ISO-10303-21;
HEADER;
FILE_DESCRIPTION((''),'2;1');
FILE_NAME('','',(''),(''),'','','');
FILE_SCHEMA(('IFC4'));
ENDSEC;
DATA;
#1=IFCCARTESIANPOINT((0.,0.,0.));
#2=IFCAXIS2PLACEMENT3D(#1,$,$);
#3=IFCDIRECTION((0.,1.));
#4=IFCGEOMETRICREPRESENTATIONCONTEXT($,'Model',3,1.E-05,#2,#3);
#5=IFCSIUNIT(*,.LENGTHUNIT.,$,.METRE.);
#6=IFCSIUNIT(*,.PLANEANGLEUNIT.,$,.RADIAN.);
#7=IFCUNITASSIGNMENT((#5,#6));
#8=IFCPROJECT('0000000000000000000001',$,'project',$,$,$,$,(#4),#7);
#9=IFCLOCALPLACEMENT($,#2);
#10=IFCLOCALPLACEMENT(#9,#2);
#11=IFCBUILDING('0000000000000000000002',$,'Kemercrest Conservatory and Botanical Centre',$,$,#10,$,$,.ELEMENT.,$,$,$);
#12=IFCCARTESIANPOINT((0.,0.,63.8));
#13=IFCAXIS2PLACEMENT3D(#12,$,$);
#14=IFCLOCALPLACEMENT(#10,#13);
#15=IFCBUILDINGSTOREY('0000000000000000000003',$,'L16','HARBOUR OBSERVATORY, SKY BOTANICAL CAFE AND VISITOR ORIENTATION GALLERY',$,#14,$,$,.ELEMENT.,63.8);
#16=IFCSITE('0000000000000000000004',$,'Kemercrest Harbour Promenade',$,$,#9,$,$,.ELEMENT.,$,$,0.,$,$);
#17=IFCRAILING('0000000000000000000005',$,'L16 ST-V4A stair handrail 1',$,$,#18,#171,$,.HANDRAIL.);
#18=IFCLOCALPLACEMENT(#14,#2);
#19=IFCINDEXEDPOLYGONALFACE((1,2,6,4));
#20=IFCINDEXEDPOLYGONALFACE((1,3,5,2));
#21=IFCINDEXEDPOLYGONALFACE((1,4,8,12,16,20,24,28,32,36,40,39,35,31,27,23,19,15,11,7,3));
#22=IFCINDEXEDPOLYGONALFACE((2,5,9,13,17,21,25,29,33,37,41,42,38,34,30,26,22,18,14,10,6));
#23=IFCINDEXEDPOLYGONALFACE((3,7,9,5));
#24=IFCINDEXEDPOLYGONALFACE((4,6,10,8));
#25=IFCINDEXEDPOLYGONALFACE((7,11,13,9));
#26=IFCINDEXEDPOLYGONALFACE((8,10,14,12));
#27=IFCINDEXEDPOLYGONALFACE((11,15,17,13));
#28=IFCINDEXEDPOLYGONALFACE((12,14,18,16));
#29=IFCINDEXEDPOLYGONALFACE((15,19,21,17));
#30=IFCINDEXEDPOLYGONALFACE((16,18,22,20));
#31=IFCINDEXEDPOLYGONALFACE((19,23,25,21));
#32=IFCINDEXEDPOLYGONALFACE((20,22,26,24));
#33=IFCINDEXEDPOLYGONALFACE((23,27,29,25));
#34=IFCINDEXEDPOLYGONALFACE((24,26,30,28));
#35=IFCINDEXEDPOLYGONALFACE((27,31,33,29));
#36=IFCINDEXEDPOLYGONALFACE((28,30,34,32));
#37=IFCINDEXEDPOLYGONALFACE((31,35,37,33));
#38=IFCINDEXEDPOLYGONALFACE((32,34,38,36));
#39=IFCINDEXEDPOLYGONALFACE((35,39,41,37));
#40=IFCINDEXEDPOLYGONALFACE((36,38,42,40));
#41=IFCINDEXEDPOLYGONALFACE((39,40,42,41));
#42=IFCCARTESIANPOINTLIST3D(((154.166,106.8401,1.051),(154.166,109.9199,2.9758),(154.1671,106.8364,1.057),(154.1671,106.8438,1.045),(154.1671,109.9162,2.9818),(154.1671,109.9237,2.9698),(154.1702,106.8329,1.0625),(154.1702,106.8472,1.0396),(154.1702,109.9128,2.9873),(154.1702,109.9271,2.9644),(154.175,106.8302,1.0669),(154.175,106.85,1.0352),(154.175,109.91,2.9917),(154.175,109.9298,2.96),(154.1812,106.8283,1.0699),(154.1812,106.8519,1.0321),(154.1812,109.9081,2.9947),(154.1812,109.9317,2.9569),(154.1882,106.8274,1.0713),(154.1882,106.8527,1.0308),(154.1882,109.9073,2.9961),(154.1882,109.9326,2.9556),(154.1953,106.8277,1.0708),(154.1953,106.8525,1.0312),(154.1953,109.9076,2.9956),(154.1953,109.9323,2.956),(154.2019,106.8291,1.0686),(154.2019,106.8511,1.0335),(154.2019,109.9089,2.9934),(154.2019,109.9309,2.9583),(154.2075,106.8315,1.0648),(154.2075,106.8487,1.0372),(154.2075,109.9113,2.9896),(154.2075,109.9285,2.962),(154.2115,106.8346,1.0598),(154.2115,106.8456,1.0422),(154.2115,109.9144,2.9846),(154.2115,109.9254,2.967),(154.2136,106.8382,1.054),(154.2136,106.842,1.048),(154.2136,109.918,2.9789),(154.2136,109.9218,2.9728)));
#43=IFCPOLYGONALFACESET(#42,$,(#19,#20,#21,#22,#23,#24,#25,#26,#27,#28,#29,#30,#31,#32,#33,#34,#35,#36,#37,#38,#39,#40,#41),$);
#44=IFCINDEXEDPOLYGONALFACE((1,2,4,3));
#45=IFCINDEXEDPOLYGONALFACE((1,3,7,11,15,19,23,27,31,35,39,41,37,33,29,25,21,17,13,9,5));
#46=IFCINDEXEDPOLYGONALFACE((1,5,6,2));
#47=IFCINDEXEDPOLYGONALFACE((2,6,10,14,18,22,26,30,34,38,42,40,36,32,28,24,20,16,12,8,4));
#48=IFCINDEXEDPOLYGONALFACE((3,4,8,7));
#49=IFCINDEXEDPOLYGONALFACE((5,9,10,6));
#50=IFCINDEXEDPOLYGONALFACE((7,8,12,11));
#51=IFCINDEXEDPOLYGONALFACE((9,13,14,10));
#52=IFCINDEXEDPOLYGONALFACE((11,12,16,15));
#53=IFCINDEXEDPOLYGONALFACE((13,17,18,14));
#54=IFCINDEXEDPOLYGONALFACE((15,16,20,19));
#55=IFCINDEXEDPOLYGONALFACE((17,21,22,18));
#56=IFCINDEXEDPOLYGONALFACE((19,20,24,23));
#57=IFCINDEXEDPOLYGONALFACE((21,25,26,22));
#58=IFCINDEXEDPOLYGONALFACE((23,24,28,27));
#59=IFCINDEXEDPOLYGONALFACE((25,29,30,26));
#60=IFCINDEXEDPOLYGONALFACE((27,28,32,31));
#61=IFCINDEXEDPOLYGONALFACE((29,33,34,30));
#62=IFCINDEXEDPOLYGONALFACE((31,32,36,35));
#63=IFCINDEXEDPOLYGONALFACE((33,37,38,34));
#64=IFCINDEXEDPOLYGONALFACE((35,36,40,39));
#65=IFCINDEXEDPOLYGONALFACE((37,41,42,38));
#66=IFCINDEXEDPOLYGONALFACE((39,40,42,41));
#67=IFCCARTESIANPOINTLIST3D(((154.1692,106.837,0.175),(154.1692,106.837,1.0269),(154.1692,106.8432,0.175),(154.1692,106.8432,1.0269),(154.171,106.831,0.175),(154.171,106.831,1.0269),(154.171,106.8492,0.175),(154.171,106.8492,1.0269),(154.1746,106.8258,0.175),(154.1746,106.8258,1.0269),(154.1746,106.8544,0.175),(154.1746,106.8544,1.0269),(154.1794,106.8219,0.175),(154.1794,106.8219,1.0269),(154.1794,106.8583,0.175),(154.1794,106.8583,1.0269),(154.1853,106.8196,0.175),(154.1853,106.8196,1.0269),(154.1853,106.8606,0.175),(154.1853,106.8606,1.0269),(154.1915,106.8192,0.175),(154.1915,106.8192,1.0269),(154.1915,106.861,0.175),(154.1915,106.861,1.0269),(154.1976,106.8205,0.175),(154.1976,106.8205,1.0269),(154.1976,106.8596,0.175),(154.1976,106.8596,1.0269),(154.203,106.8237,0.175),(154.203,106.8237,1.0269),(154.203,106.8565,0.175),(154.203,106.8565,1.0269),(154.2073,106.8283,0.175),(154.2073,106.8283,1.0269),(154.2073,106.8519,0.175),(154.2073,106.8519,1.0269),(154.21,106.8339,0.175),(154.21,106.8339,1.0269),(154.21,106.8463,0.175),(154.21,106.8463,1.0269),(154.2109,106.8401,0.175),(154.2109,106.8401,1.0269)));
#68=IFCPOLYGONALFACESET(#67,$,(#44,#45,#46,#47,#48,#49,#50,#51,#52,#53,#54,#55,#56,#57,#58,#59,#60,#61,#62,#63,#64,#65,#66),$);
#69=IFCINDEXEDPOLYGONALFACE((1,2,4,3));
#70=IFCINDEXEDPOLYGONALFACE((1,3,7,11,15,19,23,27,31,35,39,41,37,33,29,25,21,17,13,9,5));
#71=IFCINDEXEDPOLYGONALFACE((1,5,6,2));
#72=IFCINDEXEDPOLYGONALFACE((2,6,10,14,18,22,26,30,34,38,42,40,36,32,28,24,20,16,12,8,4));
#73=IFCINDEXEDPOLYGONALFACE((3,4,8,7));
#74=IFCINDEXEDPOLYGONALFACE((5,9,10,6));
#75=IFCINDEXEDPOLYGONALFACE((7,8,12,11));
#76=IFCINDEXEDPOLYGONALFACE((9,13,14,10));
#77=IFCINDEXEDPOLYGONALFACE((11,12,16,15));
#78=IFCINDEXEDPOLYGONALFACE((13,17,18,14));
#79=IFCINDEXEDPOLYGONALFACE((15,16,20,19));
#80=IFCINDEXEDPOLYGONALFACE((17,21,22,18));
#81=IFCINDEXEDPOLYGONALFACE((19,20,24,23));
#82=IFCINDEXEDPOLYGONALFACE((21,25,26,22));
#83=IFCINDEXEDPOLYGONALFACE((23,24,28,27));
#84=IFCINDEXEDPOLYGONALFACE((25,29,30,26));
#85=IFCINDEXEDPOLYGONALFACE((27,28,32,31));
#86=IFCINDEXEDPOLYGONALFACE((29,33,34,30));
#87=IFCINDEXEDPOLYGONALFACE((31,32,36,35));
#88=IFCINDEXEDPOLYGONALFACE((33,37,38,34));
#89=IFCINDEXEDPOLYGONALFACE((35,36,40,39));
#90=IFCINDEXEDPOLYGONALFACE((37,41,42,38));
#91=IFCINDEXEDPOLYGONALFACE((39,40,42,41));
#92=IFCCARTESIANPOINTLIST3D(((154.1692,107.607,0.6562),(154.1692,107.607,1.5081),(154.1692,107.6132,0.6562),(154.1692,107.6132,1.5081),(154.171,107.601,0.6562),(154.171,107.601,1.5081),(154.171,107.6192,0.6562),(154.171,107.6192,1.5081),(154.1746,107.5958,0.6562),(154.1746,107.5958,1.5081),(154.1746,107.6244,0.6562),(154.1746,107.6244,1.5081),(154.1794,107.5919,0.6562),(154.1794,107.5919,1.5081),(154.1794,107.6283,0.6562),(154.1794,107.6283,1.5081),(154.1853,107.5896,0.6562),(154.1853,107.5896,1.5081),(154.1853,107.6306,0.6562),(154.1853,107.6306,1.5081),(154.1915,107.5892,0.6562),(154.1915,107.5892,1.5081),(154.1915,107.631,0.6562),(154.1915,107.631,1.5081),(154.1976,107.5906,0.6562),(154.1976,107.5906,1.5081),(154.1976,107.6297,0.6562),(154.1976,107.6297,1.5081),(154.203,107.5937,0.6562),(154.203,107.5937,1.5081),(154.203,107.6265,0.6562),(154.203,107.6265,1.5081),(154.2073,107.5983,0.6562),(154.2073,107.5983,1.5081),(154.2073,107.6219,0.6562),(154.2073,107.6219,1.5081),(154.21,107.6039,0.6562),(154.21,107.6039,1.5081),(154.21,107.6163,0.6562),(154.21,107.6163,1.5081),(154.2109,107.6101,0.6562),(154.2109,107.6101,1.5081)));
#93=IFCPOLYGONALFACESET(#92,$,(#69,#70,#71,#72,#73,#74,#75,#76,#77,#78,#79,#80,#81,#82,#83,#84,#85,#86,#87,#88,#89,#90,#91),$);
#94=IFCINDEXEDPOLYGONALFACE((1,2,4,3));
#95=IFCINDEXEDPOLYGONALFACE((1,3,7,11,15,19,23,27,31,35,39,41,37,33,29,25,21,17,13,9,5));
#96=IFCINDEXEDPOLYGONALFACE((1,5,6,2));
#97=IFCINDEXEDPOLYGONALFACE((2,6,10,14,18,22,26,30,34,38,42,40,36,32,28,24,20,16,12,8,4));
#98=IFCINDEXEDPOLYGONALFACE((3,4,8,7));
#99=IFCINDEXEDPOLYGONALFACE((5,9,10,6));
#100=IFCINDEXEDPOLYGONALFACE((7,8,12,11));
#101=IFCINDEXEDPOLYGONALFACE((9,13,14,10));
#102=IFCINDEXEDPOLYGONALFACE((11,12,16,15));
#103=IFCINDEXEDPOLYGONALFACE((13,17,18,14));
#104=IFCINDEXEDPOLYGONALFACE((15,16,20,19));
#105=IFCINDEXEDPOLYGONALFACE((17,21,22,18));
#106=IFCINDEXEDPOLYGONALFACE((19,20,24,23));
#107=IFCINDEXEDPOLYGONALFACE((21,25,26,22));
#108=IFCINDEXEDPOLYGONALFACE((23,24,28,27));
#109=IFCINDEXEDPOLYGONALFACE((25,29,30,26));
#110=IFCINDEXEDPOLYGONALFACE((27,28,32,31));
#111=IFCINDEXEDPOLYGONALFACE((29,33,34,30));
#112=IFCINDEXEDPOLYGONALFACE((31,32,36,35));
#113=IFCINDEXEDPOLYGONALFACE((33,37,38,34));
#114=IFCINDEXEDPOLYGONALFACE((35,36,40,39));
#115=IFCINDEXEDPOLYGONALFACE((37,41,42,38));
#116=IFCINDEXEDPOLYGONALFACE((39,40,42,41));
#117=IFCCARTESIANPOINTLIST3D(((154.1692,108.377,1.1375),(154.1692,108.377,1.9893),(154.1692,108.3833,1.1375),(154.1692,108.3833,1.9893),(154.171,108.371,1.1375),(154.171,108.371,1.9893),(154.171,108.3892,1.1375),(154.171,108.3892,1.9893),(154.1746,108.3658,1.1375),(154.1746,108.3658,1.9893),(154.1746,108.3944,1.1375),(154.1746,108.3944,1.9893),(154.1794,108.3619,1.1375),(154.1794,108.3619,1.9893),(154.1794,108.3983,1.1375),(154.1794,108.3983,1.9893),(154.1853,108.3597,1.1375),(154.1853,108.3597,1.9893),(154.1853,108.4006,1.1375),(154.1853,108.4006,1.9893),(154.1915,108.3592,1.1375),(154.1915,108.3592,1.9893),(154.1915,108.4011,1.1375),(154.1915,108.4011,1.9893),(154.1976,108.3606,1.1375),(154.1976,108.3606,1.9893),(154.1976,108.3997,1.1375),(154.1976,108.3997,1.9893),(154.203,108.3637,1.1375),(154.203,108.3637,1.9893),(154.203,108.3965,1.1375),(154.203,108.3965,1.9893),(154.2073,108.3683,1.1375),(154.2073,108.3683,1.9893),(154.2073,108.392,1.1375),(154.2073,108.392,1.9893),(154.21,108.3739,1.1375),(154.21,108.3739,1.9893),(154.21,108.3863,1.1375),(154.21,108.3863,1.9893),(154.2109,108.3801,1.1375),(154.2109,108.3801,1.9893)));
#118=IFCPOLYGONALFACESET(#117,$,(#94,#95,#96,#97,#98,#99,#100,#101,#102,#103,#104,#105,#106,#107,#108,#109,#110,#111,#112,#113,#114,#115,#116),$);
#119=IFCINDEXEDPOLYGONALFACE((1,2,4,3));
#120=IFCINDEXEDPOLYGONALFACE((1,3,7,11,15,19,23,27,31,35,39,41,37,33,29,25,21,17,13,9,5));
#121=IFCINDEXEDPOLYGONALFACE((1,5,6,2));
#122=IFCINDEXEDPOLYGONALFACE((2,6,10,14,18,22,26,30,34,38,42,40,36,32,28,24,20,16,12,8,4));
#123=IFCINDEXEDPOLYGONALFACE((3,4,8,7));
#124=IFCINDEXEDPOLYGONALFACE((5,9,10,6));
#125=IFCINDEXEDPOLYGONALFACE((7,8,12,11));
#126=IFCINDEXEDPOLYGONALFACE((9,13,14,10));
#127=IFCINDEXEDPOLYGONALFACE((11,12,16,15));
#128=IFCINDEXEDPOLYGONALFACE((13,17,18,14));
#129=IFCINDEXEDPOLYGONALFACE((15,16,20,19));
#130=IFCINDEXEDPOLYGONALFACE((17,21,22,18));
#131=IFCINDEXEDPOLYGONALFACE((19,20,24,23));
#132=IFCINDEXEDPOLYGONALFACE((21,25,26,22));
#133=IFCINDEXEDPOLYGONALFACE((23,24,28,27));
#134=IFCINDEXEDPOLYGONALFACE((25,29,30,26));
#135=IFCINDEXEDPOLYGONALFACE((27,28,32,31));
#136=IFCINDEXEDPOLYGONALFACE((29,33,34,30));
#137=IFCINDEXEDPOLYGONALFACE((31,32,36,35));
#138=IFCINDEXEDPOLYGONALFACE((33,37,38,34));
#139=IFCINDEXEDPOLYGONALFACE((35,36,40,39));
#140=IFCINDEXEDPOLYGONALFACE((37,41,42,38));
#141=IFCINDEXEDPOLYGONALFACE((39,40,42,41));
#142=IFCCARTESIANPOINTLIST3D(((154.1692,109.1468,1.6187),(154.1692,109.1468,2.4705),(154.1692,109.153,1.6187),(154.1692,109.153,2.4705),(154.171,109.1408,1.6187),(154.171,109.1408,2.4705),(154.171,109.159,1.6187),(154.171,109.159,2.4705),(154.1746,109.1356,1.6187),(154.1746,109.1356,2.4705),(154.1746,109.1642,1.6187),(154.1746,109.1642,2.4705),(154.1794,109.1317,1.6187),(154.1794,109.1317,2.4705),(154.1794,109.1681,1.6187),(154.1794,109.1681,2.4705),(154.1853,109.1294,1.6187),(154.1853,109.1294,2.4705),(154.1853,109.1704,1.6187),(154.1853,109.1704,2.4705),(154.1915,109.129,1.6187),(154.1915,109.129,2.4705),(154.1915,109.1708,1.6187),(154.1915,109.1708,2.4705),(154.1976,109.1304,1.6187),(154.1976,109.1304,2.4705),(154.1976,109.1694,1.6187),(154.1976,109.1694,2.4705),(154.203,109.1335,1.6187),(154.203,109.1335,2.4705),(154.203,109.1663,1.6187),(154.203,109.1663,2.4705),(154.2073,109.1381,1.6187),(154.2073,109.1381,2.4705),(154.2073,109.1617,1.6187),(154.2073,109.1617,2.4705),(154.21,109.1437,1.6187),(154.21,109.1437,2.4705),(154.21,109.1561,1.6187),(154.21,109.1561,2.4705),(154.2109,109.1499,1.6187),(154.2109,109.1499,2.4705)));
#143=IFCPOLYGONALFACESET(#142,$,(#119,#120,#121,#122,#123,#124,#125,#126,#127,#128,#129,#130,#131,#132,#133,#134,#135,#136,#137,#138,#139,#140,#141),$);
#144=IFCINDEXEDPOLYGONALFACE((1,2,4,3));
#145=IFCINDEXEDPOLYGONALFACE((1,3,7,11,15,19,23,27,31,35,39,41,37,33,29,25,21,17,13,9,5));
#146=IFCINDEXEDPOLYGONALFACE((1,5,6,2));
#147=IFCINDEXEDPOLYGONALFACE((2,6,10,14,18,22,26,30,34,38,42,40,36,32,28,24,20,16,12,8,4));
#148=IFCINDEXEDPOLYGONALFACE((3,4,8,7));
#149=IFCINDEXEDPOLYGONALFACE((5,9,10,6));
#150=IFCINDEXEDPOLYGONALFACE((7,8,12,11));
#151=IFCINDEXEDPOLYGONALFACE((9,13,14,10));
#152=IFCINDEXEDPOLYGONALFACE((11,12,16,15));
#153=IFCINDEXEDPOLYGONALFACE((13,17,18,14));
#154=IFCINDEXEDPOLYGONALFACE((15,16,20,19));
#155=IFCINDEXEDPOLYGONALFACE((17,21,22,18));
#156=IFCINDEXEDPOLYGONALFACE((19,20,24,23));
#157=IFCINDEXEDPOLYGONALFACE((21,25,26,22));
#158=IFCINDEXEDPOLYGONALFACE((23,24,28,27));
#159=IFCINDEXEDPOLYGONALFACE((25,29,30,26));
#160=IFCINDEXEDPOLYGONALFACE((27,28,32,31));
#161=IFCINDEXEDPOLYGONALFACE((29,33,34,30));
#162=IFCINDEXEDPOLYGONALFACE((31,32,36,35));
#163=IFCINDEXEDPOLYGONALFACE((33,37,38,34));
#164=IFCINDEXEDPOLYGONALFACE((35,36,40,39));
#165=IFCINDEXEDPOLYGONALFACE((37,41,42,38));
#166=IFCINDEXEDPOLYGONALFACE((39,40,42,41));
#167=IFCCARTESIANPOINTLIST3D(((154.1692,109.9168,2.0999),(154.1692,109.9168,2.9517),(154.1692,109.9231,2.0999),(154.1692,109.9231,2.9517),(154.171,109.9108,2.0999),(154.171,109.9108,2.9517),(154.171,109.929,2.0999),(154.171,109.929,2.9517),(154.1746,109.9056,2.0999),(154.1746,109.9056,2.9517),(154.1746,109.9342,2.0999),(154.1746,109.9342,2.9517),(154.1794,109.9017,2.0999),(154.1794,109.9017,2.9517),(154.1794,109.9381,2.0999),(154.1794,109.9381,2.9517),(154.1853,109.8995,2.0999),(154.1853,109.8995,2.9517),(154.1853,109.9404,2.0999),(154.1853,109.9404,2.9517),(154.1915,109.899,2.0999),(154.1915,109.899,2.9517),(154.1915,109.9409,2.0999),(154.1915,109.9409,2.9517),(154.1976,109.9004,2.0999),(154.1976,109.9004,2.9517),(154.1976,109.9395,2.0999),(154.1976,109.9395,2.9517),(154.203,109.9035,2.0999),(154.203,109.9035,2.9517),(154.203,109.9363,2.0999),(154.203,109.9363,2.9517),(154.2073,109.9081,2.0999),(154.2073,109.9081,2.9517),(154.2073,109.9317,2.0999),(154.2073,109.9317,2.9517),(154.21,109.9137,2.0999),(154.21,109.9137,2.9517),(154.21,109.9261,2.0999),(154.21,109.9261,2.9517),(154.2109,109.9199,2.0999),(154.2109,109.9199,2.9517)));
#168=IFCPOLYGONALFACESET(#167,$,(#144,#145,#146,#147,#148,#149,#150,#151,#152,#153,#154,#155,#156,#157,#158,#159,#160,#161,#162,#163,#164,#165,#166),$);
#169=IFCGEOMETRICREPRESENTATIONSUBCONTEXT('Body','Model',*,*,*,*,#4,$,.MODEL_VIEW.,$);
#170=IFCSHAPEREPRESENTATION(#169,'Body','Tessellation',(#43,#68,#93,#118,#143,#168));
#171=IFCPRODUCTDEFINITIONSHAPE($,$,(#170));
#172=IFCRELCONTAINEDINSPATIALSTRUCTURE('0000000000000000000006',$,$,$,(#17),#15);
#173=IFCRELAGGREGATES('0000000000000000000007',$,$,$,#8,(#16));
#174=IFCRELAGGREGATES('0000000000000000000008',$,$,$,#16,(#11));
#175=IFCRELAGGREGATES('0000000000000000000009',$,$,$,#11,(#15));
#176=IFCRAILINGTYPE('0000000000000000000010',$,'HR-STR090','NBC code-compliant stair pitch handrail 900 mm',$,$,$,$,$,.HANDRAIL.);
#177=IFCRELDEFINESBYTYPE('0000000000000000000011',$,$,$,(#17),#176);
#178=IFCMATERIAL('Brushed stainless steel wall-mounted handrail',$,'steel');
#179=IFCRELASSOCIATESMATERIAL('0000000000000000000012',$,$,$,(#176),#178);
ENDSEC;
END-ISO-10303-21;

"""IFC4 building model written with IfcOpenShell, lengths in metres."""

from ifc_helpers import new_model, si_unit, direction, frame, origin, origin_2d, place, context, subcontext, project, spatial, circle, extrude, material, type_object, element, save


model = new_model("IFC4")

# Units and contexts
model_context = context("Model", 3, precision=1e-05, world=origin(), true_north=direction((0.0, 1.0)))
body_context = subcontext(model_context, "Body", "Model", "MODEL_VIEW")
ifc_project = project(units=[si_unit("LENGTHUNIT", "METRE"), si_unit("PLANEANGLEUNIT", "RADIAN")], contexts=[model_context])

# Site, building, storey
site_placement = place(None, origin())
site = spatial("IfcSite", under=ifc_project, at=site_placement, Name="Kemercrest Harbour Promenade", CompositionType="ELEMENT", RefElevation=0.0)
building_placement = place(site_placement, origin())
building = spatial("IfcBuilding", under=site, at=building_placement, Name="Kemercrest Conservatory and Botanical Centre", CompositionType="ELEMENT")
storey_placement = place(building_placement, frame((0.0, 0.0, 63.8)))
storey = spatial("IfcBuildingStorey", under=building, at=storey_placement, Name="L16", Description="HARBOUR OBSERVATORY, SKY BOTANICAL CAFE AND VISITOR ORIENTATION GALLERY", CompositionType="ELEMENT", Elevation=63.8)

# Railing
ifc_material_1 = material(Name="Brushed stainless steel wall-mounted handrail", Category="steel")
railing_type_1 = type_object("IfcRailingType", Name="HR-STR090", Description="NBC code-compliant stair pitch handrail 900 mm", PredefinedType="HANDRAIL", material=ifc_material_1)
railing_1_placement = place(storey_placement, frame((154.1899, 106.8401, 0.175)))
element("IfcRailing", 1, at=railing_1_placement, inside=storey, type_object=railing_type_1, Name="L16 ST-V4A stair handrail 1", PredefinedType="HANDRAIL", context=body_context, shape_type="SweptSolid", body=[
    extrude(circle(Radius=0.0239, at=origin_2d()), frame((0.0, 0.0, 0.876), z_axis=(0.0, 0.84801, 0.529981), x_axis=(-1.0, 0.0, 0.0)), (0.0, 0.0, 1.0), 3.6318),
    extrude(circle(Radius=0.021, at=origin_2d()), origin(), (0.0, 0.0, 1.0), 0.8518),
    extrude(circle(Radius=0.021, at=origin_2d()), frame((0.0, 0.77, 0.4812)), (0.0, 0.0, 1.0), 0.8518),
    extrude(circle(Radius=0.021, at=origin_2d()), frame((0.0, 1.54, 0.9624)), (0.0, 0.0, 1.0), 0.8518),
    extrude(circle(Radius=0.021, at=origin_2d()), frame((0.0, 2.3098, 1.4436)), (0.0, 0.0, 1.0), 0.8518),
    extrude(circle(Radius=0.021, at=origin_2d()), frame((0.0, 3.0798, 1.9248)), (0.0, 0.0, 1.0), 0.8518),
])

save(model, "model.ifc")
